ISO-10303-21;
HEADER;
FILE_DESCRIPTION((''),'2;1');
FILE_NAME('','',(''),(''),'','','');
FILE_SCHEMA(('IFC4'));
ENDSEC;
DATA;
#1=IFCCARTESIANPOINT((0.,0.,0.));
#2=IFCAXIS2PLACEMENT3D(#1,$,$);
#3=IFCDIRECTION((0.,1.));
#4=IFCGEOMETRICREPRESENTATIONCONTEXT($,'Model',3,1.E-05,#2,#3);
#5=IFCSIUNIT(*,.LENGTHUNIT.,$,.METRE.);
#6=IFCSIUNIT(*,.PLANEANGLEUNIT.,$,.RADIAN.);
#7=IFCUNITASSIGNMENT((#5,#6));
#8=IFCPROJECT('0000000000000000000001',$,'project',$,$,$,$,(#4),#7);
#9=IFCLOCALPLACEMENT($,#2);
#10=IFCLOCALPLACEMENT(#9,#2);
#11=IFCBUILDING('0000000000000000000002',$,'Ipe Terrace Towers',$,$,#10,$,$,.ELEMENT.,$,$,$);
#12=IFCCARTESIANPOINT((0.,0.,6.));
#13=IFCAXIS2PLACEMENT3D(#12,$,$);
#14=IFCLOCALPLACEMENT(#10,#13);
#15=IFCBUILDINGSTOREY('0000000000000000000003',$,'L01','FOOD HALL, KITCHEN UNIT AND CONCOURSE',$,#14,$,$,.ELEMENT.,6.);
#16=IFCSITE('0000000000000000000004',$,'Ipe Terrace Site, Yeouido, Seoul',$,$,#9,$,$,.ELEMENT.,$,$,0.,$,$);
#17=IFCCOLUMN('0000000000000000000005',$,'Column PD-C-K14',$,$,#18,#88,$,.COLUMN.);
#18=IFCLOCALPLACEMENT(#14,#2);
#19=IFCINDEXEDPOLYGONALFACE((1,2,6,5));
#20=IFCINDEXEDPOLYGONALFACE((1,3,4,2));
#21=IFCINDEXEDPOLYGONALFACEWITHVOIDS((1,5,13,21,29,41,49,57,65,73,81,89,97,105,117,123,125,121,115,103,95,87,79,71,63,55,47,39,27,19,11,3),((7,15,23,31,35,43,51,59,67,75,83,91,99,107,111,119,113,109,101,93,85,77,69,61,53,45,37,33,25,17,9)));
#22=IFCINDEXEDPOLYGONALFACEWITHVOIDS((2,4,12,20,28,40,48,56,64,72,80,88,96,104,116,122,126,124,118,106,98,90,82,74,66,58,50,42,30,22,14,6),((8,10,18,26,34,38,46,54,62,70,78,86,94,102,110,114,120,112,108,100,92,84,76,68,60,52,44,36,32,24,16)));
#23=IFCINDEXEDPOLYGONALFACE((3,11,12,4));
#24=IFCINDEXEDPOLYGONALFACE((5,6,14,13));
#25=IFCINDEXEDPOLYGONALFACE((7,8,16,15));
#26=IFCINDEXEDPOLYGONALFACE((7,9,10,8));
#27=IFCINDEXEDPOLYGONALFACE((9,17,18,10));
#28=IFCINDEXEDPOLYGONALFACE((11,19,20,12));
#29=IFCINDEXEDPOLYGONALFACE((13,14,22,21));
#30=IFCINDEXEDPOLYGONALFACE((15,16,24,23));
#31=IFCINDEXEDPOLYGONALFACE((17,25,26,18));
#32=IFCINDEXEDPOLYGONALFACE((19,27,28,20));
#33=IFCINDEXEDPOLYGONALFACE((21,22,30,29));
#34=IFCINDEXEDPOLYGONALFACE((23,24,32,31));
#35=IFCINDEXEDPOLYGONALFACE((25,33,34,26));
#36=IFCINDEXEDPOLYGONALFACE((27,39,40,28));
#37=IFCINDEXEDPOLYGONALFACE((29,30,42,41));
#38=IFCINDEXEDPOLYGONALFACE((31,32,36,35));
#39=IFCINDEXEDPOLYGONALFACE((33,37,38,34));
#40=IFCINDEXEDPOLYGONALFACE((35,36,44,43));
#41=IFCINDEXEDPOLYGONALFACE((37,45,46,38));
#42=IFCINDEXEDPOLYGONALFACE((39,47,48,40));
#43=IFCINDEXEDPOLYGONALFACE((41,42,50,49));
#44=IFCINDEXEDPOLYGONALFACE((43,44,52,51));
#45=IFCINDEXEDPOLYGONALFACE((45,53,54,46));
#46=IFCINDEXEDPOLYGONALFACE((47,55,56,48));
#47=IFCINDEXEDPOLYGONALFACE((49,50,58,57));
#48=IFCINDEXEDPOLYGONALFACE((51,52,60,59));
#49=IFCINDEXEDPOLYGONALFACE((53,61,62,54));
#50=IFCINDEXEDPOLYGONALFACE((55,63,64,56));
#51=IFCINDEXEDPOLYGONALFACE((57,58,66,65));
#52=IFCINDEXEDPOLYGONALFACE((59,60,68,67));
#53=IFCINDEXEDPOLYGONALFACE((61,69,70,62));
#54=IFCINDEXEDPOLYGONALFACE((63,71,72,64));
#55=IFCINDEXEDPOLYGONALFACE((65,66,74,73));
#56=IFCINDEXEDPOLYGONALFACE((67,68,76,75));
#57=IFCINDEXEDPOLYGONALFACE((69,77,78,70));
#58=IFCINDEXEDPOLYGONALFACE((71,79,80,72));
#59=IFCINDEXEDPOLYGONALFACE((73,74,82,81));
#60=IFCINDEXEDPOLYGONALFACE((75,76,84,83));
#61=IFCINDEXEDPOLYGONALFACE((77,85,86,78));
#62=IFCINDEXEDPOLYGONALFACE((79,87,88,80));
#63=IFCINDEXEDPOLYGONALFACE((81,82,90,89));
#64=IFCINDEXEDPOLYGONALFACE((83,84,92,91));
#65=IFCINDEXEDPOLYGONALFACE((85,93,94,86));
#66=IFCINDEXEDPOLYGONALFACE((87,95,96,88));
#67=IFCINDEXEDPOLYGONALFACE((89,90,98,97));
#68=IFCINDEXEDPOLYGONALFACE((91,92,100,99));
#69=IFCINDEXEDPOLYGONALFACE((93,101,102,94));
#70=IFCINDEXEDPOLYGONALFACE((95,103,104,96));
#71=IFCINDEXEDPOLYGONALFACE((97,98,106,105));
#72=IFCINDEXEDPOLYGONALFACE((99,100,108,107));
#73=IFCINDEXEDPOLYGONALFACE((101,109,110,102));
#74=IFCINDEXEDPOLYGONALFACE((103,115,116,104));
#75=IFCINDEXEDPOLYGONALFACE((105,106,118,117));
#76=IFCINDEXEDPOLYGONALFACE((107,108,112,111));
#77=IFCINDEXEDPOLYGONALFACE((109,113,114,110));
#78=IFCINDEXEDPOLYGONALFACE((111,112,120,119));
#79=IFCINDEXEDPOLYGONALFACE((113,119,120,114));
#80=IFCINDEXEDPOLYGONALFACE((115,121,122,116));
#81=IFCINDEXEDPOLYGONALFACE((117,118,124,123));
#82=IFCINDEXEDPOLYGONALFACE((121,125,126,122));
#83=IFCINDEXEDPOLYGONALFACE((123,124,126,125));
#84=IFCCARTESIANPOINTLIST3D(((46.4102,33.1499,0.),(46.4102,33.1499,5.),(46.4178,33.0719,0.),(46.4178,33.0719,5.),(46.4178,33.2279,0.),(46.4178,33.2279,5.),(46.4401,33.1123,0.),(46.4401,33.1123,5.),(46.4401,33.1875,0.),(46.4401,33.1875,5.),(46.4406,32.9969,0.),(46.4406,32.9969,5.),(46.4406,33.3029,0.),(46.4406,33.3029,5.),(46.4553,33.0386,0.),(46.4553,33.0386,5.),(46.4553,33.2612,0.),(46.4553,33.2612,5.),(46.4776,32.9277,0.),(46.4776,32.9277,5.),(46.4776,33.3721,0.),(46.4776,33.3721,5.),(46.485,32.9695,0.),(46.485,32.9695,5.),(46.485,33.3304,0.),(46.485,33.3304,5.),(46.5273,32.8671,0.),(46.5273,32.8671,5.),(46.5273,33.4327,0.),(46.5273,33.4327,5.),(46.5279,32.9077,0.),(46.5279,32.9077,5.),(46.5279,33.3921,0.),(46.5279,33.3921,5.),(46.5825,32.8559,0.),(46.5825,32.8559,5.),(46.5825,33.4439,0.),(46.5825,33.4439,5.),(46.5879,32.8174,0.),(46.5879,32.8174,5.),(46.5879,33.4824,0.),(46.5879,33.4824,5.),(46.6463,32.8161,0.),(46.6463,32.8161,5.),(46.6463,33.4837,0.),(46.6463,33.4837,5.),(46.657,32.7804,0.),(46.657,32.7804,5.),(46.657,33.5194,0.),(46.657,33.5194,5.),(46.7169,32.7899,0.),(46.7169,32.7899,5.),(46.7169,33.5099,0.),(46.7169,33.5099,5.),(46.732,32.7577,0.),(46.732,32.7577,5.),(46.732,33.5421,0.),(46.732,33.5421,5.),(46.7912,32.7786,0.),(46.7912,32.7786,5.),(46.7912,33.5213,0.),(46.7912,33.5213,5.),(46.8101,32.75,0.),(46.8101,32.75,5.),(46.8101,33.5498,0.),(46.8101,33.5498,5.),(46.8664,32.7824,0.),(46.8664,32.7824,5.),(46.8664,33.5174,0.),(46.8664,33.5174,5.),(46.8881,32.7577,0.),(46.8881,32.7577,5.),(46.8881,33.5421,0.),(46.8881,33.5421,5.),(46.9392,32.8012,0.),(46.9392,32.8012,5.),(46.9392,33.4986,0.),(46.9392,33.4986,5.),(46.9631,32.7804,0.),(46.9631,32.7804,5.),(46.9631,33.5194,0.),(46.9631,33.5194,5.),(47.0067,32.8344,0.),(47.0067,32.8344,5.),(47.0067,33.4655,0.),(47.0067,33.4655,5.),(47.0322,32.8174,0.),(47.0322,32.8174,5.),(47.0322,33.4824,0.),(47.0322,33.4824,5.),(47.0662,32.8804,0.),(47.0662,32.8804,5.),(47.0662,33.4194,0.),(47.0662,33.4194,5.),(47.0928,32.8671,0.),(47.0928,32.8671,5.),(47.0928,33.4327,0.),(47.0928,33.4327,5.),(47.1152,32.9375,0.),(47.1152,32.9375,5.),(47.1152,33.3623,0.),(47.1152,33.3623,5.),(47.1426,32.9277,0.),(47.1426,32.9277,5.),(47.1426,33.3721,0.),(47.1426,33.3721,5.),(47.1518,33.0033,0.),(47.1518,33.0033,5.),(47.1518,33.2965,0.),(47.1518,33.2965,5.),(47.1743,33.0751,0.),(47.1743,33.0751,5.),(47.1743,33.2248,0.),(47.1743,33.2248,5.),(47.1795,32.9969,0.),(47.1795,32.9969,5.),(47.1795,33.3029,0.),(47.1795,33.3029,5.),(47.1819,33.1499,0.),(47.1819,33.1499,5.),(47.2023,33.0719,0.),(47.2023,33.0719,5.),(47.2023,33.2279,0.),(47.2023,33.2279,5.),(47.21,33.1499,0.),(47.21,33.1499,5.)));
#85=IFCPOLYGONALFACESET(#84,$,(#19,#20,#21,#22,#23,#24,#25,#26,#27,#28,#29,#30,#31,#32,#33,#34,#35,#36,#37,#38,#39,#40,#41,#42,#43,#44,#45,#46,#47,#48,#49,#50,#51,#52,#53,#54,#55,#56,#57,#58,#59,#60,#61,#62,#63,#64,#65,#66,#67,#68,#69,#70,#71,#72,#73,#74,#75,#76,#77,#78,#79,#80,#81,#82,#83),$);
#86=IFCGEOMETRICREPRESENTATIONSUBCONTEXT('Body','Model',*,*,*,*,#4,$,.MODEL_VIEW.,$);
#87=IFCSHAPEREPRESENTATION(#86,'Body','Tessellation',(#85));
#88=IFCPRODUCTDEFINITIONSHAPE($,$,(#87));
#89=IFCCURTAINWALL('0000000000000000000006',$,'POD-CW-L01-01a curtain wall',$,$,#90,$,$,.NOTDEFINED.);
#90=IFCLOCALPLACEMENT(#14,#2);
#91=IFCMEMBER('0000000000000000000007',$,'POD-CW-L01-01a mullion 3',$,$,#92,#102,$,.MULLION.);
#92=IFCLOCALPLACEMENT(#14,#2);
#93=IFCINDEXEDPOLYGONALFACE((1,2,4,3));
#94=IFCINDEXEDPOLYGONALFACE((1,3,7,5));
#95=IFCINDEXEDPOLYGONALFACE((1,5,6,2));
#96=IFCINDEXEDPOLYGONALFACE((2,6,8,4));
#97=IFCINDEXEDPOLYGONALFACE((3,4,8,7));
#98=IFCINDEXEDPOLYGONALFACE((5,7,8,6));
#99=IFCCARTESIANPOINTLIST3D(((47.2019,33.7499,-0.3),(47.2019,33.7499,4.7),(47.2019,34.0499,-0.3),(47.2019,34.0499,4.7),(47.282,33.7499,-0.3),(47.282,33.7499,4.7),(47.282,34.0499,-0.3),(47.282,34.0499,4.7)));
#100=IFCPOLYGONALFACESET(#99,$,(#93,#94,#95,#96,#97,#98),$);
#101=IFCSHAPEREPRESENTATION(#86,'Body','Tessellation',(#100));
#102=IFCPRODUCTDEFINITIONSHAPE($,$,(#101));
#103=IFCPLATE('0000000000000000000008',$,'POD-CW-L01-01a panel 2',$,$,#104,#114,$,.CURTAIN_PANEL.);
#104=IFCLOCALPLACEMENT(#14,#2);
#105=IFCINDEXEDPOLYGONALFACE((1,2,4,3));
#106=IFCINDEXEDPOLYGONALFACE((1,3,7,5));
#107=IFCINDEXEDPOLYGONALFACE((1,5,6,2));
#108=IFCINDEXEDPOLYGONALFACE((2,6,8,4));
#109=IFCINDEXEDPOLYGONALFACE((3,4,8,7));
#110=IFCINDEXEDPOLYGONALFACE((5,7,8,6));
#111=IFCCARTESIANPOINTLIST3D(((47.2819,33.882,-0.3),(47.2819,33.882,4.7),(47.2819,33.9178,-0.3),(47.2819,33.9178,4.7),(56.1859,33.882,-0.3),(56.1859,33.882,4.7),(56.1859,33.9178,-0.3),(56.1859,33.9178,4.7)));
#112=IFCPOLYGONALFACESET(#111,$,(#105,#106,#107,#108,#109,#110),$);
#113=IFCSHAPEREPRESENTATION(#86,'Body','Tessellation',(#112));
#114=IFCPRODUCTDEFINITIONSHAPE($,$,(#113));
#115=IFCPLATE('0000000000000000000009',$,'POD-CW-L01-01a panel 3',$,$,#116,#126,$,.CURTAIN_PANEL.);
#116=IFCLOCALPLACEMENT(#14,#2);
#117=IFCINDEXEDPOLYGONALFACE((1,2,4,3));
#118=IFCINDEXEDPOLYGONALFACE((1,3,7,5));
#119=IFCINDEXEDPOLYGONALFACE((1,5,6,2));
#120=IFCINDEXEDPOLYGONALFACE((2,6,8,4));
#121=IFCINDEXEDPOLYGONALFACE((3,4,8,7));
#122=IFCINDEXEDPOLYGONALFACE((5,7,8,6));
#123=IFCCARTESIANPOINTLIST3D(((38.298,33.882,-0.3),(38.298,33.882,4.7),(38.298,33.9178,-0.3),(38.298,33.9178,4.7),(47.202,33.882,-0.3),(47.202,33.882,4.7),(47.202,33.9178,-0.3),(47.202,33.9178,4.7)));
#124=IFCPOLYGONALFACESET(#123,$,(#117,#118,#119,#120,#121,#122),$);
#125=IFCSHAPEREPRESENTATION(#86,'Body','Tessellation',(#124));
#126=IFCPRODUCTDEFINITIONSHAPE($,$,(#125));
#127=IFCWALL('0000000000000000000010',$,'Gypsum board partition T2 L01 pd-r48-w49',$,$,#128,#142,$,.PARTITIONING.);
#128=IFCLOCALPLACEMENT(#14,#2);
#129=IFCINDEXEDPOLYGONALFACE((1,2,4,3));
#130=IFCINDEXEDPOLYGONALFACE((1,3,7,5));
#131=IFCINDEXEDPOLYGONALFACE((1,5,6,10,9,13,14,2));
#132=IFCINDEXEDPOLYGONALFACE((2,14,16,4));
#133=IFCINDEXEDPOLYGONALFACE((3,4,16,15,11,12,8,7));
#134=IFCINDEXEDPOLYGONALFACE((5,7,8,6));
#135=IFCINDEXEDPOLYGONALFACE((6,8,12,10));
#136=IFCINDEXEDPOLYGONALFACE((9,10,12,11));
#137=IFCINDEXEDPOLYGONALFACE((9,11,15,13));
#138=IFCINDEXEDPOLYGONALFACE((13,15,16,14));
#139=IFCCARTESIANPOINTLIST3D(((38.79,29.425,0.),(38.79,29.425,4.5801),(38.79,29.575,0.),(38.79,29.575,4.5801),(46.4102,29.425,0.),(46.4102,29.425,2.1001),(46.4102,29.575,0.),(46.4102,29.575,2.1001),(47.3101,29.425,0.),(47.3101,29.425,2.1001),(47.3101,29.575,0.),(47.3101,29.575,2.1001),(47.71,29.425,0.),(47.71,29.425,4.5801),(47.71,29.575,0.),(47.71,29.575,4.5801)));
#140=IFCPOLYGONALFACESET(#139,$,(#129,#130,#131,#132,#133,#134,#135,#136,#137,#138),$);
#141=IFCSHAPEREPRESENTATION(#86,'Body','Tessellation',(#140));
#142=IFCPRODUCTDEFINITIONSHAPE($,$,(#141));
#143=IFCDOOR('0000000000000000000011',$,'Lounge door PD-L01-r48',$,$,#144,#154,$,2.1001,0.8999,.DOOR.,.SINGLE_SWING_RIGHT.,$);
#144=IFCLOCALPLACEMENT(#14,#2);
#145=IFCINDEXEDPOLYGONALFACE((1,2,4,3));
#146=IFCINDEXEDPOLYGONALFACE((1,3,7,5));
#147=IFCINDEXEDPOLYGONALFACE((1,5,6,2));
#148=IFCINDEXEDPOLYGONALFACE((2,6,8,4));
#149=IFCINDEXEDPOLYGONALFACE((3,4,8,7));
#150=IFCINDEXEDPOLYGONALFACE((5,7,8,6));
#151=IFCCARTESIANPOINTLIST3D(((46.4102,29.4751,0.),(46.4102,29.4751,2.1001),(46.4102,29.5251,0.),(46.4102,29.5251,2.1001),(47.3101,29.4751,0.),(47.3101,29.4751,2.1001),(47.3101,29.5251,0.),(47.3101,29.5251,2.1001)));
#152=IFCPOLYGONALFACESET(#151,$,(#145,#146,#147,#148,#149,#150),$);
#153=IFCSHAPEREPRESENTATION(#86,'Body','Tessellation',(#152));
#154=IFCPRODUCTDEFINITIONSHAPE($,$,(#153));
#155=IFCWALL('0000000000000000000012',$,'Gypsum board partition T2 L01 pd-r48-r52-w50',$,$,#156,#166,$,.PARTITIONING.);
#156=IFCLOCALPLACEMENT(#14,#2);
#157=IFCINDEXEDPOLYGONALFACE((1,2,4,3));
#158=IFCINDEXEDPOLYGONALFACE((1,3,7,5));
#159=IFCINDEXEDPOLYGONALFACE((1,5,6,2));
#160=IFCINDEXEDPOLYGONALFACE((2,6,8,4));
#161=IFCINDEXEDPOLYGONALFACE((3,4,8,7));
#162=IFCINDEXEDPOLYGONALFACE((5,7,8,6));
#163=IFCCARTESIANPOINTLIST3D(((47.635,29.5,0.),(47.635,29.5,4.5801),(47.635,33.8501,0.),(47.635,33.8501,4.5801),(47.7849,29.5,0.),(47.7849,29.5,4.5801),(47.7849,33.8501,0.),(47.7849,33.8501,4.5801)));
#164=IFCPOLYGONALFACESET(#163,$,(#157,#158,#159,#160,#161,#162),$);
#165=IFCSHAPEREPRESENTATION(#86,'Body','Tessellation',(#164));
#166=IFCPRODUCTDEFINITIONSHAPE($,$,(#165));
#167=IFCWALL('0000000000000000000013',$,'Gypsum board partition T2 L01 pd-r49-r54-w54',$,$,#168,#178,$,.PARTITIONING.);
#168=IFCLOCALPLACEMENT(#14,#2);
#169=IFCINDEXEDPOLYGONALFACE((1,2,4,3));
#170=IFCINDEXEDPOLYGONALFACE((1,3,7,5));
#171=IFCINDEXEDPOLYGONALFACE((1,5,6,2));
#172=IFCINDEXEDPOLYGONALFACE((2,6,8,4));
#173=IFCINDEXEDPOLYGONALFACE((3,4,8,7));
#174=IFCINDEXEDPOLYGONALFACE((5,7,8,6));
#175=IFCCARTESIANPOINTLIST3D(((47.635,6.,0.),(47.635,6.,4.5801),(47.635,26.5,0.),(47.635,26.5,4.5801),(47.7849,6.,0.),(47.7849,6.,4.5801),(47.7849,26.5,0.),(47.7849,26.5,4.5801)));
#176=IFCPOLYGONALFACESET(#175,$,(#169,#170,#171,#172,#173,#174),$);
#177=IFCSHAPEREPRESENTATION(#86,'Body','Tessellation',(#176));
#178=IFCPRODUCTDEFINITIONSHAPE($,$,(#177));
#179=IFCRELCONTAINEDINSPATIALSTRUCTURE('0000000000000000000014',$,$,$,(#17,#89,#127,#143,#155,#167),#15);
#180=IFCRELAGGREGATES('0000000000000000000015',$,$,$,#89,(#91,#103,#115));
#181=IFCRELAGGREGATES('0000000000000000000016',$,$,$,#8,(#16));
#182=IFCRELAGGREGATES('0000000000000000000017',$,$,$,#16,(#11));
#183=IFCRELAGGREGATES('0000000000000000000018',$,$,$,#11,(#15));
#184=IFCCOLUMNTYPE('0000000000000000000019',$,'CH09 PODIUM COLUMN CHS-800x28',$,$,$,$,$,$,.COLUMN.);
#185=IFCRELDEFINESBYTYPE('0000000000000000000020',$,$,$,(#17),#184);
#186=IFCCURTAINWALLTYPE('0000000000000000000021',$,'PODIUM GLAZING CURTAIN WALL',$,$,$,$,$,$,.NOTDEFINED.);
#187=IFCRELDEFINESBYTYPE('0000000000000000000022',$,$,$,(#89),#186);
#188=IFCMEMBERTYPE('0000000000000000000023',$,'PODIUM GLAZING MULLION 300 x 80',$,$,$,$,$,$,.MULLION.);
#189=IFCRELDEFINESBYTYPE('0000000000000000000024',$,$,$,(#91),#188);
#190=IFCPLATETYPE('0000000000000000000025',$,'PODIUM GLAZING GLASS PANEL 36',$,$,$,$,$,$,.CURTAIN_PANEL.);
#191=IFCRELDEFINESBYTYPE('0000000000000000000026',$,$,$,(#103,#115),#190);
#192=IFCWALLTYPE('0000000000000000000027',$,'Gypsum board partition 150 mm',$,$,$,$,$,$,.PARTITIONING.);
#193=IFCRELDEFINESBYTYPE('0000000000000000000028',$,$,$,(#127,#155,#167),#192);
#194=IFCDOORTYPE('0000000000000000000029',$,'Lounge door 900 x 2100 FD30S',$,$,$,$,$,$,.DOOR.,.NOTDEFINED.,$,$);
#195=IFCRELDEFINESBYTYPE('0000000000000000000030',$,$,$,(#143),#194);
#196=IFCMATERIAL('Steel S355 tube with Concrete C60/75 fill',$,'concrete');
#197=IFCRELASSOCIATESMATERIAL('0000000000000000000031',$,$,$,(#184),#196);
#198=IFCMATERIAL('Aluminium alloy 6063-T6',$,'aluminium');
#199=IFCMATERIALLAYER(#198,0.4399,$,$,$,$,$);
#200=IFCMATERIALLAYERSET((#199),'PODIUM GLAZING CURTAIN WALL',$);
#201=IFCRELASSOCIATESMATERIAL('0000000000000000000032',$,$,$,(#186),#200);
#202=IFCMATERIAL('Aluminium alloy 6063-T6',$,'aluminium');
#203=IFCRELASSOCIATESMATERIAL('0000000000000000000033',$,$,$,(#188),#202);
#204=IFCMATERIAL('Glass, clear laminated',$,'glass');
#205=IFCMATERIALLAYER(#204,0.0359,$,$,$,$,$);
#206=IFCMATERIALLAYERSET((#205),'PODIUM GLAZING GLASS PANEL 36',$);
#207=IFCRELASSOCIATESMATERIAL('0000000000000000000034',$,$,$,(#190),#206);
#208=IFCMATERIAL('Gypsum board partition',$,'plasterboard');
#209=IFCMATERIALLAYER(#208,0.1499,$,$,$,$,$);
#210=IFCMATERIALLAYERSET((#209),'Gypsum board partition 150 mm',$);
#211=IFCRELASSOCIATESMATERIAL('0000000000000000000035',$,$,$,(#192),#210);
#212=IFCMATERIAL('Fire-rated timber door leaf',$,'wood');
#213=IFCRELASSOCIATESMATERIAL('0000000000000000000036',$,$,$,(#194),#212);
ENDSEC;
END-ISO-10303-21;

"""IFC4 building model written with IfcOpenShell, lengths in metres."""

from ifc_helpers import new_model, si_unit, direction, frame, frame_2d, origin, origin_2d, place, context, subcontext, project, spatial, rectangle, hollow_circle, extrude, material, layer, layer_set, material_profile, profile_set, type_object, element, fill, aggregate, save


model = new_model("IFC4")

# Units and contexts
model_context = context("Model", 3, precision=1e-05, world=origin(), true_north=direction((0.0, 1.0)))
body_context = subcontext(model_context, "Body", "Model", "MODEL_VIEW")
ifc_project = project(units=[si_unit("LENGTHUNIT", "METRE"), si_unit("PLANEANGLEUNIT", "RADIAN")], contexts=[model_context])

# Site, building, storey
site_placement = place(None, origin())
site = spatial("IfcSite", under=ifc_project, at=site_placement, Name="Ipe Terrace Site, Yeouido, Seoul", CompositionType="ELEMENT", RefElevation=0.0)
building_placement = place(site_placement, origin())
building = spatial("IfcBuilding", under=site, at=building_placement, Name="Ipe Terrace Towers", CompositionType="ELEMENT")
storey_placement = place(building_placement, frame((0.0, 0.0, 6.0)))
storey = spatial("IfcBuildingStorey", under=building, at=storey_placement, Name="L01", Description="FOOD HALL, KITCHEN UNIT AND CONCOURSE", CompositionType="ELEMENT", Elevation=6.0)

# Column
ifc_material_1 = material(Name="Steel S355 tube with Concrete C60/75 fill", Category="concrete")
ifc_material_profile_1 = material_profile(ifc_material_1, hollow_circle(Radius=0.3999, WallThickness=0.0281, at=origin_2d()), Name="CHS-800x28")
ifc_profile_set_1 = profile_set([ifc_material_profile_1], Name="Steel S355 tube with Concrete C60/75 fill")
column_type_1 = type_object("IfcColumnType", Name="CH09 PODIUM COLUMN CHS-800x28", PredefinedType="COLUMN", material=ifc_profile_set_1)
column_placement = place(storey_placement, frame((46.8101, 33.1499, 0.0), z_axis=(0.0, 0.0, 1.0), x_axis=(1.0, 0.0, 0.0)))
element("IfcColumn", 1, at=column_placement, inside=storey, type_object=column_type_1, Name="Column PD-C-K14", PredefinedType="COLUMN", context=body_context, shape_type="SweptSolid", body=[
    extrude(hollow_circle(Radius=0.3999, WallThickness=0.0281, at=origin_2d()), origin(), (0.0, 0.0, 1.0), 5.0),
])

# Curtain wall, member, plates
ifc_material_2 = material(Name="Aluminium alloy 6063-T6", Category="aluminium")
ifc_layer_1 = layer(ifc_material_2, 0.4399)
ifc_layer_set_1 = layer_set([ifc_layer_1], Name="PODIUM GLAZING CURTAIN WALL")
curtain_wall_type = type_object("IfcCurtainWallType", Name="PODIUM GLAZING CURTAIN WALL", PredefinedType="NOTDEFINED", material=ifc_layer_set_1)
curtain_wall_placement = place(storey_placement, origin())
curtain_wall = element("IfcCurtainWall", 2, at=curtain_wall_placement, inside=storey, type_object=curtain_wall_type, Name="POD-CW-L01-01a curtain wall", PredefinedType="NOTDEFINED")
ifc_material_3 = material(Name="Aluminium alloy 6063-T6", Category="aluminium")
ifc_material_profile_2 = material_profile(ifc_material_3, rectangle(XDim=0.3, YDim=0.0801, at=origin_2d()), Name="PODIUM GLAZING MULLION 300 x 80")
ifc_profile_set_2 = profile_set([ifc_material_profile_2], Name="Aluminium alloy 6063-T6")
member_type = type_object("IfcMemberType", Name="PODIUM GLAZING MULLION 300 x 80", PredefinedType="MULLION", material=ifc_profile_set_2)
member_placement = place(storey_placement, frame((47.2419, 33.8999, -0.3), z_axis=(0.0, 0.0, 1.0), x_axis=(0.0, 1.0, 0.0)))
member = element("IfcMember", 3, at=member_placement, type_object=member_type, Name="POD-CW-L01-01a mullion 3", PredefinedType="MULLION", context=body_context, shape_type="SweptSolid", body=[
    extrude(rectangle(XDim=0.3, YDim=0.0801, at=origin_2d()), origin(), (0.0, 0.0, 1.0), 5.0),
])
ifc_material_4 = material(Name="Glass, clear laminated", Category="glass")
ifc_layer_2 = layer(ifc_material_4, 0.0359)
ifc_layer_set_2 = layer_set([ifc_layer_2], Name="PODIUM GLAZING GLASS PANEL 36")
plate_type = type_object("IfcPlateType", Name="PODIUM GLAZING GLASS PANEL 36", PredefinedType="CURTAIN_PANEL", material=ifc_layer_set_2)
plate_1_placement = place(storey_placement, frame((51.7339, 33.8999, -0.3), z_axis=(0.0, 0.0, 1.0), x_axis=(-1.0, 0.0, 0.0)))
plate_1 = element("IfcPlate", 4, at=plate_1_placement, type_object=plate_type, Name="POD-CW-L01-01a panel 2", PredefinedType="CURTAIN_PANEL", context=body_context, shape_type="SweptSolid", body=[
    extrude(rectangle(XDim=8.9041, YDim=0.0359, at=origin_2d()), origin(), (0.0, 0.0, 1.0), 5.0),
])
plate_2_placement = place(storey_placement, frame((42.75, 33.8999, -0.3), z_axis=(0.0, 0.0, 1.0), x_axis=(-1.0, 0.0, 0.0)))
plate_2 = element("IfcPlate", 5, at=plate_2_placement, type_object=plate_type, Name="POD-CW-L01-01a panel 3", PredefinedType="CURTAIN_PANEL", context=body_context, shape_type="SweptSolid", body=[
    extrude(rectangle(XDim=8.9041, YDim=0.0359, at=origin_2d()), origin(), (0.0, 0.0, 1.0), 5.0),
])
aggregate(curtain_wall, [member, plate_1, plate_2])

# Wall, opening, door
ifc_material_5 = material(Name="Gypsum board partition", Category="plasterboard")
ifc_layer_3 = layer(ifc_material_5, 0.1499)
ifc_layer_set_3 = layer_set([ifc_layer_3], Name="Gypsum board partition 150 mm")
wall_type_1 = type_object("IfcWallType", Name="Gypsum board partition 150 mm", PredefinedType="PARTITIONING", material=ifc_layer_set_3)
wall_1_placement = place(storey_placement, frame((47.71, 29.5, 0.0), z_axis=(0.0, 0.0, 1.0), x_axis=(-1.0, 0.0, 0.0)))
wall_1 = element("IfcWall", 6, at=wall_1_placement, inside=storey, type_object=wall_type_1, Name="Gypsum board partition T2 L01 pd-r48-w49", PredefinedType="PARTITIONING", context=body_context, shape_type="SweptSolid", body=[
    extrude(rectangle(XDim=8.9199, YDim=0.1499, at=frame_2d((4.46, 0.0))), origin(), (0.0, 0.0, 1.0), 4.5801),
])
opening_1_placement = place(wall_1_placement, frame((0.3999, 0.0, 0.0)))
opening_1 = element("IfcOpeningElement", 7, at=opening_1_placement, cuts=wall_1, PredefinedType="OPENING", context=body_context, shape_type="SweptSolid", body=[
    extrude(rectangle(XDim=0.8999, YDim=2.1001, at=frame_2d((0.45, 1.05))), frame((0.0, 0.085, 0.0), z_axis=(0.0, -1.0, 0.0), x_axis=(1.0, 0.0, 0.0)), (0.0, 0.0, 1.0), 0.1699),
])
ifc_material_6 = material(Name="Fire-rated timber door leaf", Category="wood")
door_type_1 = type_object("IfcDoorType", Name="Lounge door 900 x 2100 FD30S", OperationType="NOTDEFINED", PredefinedType="DOOR", material=ifc_material_6)
door_1_placement = place(opening_1_placement, origin())
door_1 = element("IfcDoor", 8, at=door_1_placement, inside=storey, type_object=door_type_1, Name="Lounge door PD-L01-r48", OperationType="SINGLE_SWING_RIGHT", OverallHeight=2.1001, OverallWidth=0.8999, PredefinedType="DOOR", context=body_context, shape_type="SweptSolid", body=[
    extrude(rectangle(XDim=0.8999, YDim=2.1001, at=frame_2d((0.45, 1.05))), frame((0.0, 0.0249, 0.0), z_axis=(0.0, -1.0, 0.0), x_axis=(1.0, 0.0, 0.0)), (0.0, 0.0, 1.0), 0.05),
])
fill(opening_1, door_1)

# Walls
wall_2_placement = place(storey_placement, frame((47.71, 33.8501, 0.0), z_axis=(0.0, 0.0, 1.0), x_axis=(0.0, -1.0, 0.0)))
element("IfcWall", 9, at=wall_2_placement, inside=storey, type_object=wall_type_1, Name="Gypsum board partition T2 L01 pd-r48-r52-w50", PredefinedType="PARTITIONING", context=body_context, shape_type="SweptSolid", body=[
    extrude(rectangle(XDim=4.3501, YDim=0.1499, at=frame_2d((2.175, 0.0))), origin(), (0.0, 0.0, 1.0), 4.5801),
])
wall_3_placement = place(storey_placement, frame((47.71, 26.5, 0.0), z_axis=(0.0, 0.0, 1.0), x_axis=(0.0, -1.0, 0.0)))
element("IfcWall", 10, at=wall_3_placement, inside=storey, type_object=wall_type_1, Name="Gypsum board partition T2 L01 pd-r49-r54-w54", PredefinedType="PARTITIONING", context=body_context, shape_type="SweptSolid", body=[
    extrude(rectangle(XDim=20.5, YDim=0.1499, at=frame_2d((10.25, 0.0))), origin(), (0.0, 0.0, 1.0), 4.5801),
])

save(model, "model.ifc")
